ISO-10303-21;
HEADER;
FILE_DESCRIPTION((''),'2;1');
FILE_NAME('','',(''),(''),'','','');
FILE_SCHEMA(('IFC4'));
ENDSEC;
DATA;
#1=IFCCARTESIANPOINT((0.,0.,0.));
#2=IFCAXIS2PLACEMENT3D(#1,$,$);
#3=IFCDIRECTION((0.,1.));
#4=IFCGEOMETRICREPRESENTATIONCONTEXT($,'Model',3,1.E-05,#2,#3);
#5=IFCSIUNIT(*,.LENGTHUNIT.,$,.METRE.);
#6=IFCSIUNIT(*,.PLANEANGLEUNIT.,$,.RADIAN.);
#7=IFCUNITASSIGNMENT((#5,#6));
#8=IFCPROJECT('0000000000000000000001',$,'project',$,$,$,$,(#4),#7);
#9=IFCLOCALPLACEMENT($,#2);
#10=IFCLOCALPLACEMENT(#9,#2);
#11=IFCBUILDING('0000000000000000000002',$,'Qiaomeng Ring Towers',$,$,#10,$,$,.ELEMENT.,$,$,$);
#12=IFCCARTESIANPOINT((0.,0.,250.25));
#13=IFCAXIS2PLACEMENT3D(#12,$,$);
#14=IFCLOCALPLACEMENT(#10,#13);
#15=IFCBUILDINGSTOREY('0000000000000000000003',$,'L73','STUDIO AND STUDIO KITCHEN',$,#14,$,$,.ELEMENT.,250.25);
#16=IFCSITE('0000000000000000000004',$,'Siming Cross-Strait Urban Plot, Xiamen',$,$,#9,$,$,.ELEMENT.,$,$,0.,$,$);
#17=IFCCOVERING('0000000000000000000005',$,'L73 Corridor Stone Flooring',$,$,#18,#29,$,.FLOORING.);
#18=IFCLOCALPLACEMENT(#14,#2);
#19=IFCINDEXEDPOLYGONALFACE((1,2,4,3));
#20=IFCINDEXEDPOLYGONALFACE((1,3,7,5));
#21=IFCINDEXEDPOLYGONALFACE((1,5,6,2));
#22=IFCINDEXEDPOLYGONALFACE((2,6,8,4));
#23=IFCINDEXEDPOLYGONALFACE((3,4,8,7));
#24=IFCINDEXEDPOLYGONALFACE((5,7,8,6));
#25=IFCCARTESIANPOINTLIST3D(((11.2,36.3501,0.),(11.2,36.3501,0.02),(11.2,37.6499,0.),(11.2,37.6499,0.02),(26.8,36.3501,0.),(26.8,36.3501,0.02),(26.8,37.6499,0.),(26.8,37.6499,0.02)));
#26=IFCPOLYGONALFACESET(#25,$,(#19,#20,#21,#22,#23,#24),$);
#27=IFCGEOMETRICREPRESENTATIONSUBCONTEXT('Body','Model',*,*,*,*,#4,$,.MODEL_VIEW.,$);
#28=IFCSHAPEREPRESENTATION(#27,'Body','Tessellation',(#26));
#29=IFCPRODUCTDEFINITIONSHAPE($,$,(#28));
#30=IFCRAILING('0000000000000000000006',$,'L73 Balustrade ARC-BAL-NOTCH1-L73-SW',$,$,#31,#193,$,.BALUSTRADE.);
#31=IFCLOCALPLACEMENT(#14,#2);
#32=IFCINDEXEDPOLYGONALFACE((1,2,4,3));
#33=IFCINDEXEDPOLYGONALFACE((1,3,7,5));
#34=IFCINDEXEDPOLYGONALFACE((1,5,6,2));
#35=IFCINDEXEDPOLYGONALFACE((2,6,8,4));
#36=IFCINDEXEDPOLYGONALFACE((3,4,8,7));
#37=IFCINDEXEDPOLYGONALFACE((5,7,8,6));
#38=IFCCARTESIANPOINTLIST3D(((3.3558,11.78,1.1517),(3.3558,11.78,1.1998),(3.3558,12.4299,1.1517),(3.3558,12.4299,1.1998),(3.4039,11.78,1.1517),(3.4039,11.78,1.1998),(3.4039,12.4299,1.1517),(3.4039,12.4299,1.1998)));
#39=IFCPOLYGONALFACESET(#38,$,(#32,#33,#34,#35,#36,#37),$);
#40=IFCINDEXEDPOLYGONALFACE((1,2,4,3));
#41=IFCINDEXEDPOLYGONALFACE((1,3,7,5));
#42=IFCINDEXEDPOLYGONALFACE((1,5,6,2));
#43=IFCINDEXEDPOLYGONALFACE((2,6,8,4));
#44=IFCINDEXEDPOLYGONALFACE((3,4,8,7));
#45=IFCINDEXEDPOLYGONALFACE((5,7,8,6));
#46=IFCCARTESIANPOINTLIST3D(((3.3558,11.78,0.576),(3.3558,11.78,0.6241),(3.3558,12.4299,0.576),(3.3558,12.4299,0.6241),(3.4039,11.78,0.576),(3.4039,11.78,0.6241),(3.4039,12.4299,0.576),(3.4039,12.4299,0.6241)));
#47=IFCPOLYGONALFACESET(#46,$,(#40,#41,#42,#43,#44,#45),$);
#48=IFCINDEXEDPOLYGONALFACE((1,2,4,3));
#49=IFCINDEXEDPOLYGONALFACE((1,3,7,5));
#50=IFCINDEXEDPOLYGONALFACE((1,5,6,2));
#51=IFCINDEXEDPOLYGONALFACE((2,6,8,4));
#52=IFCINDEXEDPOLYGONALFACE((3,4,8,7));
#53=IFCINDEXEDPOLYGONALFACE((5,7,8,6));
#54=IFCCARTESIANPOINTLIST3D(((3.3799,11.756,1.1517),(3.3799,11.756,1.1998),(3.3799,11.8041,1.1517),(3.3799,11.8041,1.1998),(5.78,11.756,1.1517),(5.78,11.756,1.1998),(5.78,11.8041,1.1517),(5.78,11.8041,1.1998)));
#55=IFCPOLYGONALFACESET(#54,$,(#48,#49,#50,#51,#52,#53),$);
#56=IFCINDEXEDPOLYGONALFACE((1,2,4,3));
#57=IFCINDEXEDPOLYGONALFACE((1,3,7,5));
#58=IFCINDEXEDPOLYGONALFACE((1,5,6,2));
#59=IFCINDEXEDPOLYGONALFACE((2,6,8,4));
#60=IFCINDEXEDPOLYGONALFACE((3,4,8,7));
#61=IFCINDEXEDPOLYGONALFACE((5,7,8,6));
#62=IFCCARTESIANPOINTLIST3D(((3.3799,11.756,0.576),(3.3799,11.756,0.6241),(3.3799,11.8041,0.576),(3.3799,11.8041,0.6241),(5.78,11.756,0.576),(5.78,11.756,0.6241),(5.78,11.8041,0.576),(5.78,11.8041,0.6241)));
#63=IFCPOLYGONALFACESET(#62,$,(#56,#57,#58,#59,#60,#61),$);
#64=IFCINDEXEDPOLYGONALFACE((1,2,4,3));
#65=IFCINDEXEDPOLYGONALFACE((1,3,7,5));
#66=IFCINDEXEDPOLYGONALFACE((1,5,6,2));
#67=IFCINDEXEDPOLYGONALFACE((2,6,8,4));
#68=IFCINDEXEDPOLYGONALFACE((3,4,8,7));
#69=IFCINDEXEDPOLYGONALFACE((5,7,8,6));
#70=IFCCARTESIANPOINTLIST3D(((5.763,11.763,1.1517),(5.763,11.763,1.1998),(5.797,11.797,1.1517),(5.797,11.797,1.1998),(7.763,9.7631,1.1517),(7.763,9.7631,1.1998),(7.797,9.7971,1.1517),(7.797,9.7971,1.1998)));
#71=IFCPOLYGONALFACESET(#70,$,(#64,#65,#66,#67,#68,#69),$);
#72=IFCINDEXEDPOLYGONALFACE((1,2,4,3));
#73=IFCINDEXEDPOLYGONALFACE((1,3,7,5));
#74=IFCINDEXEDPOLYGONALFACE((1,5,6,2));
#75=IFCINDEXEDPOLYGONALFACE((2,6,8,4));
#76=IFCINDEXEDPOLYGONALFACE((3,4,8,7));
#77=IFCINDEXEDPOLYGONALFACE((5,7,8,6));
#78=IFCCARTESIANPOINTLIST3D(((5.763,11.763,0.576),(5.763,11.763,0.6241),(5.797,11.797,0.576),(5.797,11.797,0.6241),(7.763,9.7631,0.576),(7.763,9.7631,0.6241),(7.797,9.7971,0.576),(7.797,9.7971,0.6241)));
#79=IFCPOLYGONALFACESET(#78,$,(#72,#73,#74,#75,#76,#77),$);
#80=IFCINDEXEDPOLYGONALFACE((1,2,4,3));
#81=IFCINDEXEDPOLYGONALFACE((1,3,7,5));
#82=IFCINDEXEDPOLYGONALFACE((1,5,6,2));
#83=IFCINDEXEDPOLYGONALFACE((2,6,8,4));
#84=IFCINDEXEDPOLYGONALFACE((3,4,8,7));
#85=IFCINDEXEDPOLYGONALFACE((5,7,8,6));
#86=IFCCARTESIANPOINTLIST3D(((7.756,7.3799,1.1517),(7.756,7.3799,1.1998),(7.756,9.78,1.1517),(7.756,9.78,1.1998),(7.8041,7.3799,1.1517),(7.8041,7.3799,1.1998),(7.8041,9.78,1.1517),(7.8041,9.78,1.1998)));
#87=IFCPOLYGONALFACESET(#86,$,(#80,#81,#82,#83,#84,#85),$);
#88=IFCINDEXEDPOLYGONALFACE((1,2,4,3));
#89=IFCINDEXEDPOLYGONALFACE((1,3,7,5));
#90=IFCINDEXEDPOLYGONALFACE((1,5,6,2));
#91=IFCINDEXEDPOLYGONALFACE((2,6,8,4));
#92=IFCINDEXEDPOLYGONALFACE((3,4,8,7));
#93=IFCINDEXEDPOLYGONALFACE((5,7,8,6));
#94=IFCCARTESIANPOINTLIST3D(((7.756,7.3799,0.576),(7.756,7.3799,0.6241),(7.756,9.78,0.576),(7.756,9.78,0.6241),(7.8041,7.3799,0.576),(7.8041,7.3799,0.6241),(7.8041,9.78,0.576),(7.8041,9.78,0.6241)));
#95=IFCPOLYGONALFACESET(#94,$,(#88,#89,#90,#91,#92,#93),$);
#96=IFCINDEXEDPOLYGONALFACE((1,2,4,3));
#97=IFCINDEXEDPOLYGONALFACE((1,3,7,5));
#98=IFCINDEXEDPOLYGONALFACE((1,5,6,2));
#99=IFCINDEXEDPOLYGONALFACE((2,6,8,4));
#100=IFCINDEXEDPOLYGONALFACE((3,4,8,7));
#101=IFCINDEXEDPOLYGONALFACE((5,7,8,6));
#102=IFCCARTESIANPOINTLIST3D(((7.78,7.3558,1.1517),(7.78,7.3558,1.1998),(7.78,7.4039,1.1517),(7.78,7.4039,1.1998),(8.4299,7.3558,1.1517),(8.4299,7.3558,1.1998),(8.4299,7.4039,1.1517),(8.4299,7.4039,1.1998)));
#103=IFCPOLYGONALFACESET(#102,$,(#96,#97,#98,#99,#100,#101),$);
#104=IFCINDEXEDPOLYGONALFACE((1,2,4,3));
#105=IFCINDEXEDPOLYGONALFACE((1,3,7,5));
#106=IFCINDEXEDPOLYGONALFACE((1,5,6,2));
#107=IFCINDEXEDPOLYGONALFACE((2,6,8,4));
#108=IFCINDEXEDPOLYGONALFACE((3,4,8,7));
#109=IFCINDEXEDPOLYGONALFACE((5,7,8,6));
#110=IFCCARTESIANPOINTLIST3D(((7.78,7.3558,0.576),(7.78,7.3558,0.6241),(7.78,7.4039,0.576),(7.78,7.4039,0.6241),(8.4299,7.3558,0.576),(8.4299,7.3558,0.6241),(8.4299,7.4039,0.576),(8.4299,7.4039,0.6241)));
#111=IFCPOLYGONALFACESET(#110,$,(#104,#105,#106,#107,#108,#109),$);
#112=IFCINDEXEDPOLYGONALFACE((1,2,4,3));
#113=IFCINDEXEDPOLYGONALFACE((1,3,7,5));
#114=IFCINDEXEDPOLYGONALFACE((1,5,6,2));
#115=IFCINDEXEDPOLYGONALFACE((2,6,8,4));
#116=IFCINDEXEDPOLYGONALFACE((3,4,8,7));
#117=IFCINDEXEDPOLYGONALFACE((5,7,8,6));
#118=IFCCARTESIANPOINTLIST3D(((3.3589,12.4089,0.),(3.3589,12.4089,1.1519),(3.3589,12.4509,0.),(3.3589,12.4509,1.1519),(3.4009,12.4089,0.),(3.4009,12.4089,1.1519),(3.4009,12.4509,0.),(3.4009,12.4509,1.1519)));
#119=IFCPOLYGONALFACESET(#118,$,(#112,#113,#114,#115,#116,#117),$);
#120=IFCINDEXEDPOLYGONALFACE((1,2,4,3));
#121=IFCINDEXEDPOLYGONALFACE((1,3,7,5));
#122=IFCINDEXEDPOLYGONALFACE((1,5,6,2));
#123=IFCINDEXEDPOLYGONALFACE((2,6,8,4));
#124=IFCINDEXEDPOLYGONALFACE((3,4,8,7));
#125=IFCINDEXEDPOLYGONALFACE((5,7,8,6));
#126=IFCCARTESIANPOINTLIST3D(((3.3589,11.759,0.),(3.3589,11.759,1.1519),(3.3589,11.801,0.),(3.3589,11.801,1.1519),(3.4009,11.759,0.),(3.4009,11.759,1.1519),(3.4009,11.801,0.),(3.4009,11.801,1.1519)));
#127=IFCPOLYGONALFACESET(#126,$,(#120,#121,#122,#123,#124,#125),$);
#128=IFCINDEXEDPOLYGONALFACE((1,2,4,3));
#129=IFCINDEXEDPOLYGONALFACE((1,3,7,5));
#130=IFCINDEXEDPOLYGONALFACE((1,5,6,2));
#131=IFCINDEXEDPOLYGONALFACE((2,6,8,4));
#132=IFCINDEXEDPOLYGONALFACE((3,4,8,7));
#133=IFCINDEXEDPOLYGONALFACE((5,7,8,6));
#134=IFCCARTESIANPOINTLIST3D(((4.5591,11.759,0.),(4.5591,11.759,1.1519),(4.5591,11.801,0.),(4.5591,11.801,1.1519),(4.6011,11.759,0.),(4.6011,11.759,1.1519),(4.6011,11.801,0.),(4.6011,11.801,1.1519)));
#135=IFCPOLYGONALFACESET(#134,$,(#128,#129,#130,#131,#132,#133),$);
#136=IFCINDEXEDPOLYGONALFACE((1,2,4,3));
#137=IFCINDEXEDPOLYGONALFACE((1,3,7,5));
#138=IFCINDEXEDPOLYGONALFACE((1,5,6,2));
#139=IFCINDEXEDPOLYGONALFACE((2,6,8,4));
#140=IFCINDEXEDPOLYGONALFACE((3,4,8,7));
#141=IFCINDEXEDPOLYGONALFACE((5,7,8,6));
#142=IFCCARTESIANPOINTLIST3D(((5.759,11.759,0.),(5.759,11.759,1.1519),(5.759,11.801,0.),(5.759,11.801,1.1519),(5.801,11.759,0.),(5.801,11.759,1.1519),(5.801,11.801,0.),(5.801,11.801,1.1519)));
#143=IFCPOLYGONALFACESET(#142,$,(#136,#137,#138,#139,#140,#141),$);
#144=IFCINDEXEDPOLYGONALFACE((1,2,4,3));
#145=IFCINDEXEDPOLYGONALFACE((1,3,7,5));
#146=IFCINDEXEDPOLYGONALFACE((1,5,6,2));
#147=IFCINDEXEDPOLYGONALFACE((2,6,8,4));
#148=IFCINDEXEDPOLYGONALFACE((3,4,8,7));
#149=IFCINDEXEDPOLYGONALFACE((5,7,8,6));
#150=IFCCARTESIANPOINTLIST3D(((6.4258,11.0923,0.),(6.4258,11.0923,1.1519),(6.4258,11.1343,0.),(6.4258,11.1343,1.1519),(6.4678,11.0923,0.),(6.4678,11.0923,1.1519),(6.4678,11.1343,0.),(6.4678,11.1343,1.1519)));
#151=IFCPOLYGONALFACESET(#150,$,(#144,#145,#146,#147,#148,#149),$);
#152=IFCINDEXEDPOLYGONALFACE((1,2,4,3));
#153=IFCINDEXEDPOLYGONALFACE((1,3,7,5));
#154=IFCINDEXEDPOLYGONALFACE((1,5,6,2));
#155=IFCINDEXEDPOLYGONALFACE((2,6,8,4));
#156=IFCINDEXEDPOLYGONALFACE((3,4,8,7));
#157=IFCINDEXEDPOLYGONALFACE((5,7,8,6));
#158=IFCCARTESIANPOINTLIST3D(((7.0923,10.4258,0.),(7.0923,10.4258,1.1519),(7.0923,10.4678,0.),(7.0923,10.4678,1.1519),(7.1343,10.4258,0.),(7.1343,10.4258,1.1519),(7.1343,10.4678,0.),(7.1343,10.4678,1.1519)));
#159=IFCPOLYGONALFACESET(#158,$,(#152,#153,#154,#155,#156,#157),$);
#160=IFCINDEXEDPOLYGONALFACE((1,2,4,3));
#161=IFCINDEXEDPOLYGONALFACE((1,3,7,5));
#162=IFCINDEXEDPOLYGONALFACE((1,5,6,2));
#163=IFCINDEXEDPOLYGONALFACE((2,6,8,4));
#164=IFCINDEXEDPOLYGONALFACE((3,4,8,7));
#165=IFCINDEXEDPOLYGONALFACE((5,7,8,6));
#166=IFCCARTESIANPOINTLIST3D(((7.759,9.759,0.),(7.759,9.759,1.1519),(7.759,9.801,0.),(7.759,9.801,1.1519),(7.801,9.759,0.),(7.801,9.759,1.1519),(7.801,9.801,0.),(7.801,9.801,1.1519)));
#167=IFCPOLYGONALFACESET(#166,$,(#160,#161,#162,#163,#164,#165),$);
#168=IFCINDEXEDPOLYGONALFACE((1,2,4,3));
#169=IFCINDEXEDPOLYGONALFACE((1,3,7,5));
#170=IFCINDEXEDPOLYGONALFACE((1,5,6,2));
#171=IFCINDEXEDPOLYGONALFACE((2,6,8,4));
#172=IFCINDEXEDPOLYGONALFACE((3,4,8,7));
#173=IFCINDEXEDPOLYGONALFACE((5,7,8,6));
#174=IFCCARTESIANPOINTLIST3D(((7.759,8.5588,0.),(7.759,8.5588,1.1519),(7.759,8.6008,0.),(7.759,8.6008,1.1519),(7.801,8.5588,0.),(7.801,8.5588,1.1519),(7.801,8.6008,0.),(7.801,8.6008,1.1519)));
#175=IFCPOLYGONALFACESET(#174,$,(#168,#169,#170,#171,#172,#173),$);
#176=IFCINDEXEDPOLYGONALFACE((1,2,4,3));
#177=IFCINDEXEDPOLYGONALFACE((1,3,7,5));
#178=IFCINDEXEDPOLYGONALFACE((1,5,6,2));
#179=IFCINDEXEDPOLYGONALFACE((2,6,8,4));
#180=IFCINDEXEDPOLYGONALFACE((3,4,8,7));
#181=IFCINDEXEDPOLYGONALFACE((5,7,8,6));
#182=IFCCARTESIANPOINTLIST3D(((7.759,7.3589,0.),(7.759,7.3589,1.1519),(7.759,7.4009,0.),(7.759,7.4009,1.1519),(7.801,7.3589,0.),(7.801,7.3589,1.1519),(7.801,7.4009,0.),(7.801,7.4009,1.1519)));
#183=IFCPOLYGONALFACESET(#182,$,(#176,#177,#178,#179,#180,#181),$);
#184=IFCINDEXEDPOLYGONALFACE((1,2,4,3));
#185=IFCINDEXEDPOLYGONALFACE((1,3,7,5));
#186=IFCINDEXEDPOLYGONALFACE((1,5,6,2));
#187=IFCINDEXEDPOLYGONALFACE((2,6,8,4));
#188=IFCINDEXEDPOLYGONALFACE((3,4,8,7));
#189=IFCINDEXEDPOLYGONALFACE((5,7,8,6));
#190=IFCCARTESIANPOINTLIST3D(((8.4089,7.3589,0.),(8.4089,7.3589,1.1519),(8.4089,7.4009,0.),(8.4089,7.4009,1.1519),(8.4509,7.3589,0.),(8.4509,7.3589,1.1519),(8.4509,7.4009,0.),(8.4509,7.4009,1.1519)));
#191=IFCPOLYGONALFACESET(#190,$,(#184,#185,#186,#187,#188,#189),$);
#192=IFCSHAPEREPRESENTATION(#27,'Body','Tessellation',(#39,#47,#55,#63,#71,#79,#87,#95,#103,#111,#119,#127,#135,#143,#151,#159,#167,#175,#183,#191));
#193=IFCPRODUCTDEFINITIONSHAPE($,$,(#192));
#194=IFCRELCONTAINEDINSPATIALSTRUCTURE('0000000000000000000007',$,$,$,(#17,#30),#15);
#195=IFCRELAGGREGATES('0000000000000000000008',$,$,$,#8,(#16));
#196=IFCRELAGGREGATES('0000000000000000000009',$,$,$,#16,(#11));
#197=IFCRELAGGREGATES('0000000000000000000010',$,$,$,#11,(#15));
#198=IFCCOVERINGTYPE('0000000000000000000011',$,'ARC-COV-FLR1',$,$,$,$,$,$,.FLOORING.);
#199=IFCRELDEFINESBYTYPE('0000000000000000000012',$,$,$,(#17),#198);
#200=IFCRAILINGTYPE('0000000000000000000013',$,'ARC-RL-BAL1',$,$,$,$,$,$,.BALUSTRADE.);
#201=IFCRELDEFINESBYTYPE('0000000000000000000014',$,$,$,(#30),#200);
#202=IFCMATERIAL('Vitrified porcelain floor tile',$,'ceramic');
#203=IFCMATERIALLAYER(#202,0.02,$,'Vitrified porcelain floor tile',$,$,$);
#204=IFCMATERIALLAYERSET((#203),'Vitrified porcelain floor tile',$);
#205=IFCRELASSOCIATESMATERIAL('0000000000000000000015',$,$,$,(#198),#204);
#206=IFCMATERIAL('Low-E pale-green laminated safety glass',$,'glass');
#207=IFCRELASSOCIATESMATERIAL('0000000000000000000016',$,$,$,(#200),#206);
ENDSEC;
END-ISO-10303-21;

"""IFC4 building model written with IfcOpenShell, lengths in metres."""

from ifc_helpers import new_model, si_unit, direction, frame, origin, origin_2d, place, context, subcontext, project, spatial, polyline, rectangle, outline, extrude, material, layer, layer_set, type_object, element, save


model = new_model("IFC4")

# Units and contexts
model_context = context("Model", 3, precision=1e-05, world=origin(), true_north=direction((0.0, 1.0)))
body_context = subcontext(model_context, "Body", "Model", "MODEL_VIEW")
ifc_project = project(units=[si_unit("LENGTHUNIT", "METRE"), si_unit("PLANEANGLEUNIT", "RADIAN")], contexts=[model_context])

# Site, building, storey
site_placement = place(None, origin())
site = spatial("IfcSite", under=ifc_project, at=site_placement, Name="Siming Cross-Strait Urban Plot, Xiamen", CompositionType="ELEMENT", RefElevation=0.0)
building_placement = place(site_placement, origin())
building = spatial("IfcBuilding", under=site, at=building_placement, Name="Qiaomeng Ring Towers", CompositionType="ELEMENT")
storey_placement = place(building_placement, frame((0.0, 0.0, 250.25)))
storey = spatial("IfcBuildingStorey", under=building, at=storey_placement, Name="L73", Description="STUDIO AND STUDIO KITCHEN", CompositionType="ELEMENT", Elevation=250.25)

# Covering
ifc_material_1 = material(Name="Vitrified porcelain floor tile", Category="ceramic")
ifc_layer_1 = layer(ifc_material_1, 0.02, Name="Vitrified porcelain floor tile")
ifc_layer_set_1 = layer_set([ifc_layer_1], Name="Vitrified porcelain floor tile")
covering_type_1 = type_object("IfcCoveringType", Name="ARC-COV-FLR1", PredefinedType="FLOORING", material=ifc_layer_set_1)
covering_1_placement = place(storey_placement, origin())
element("IfcCovering", 1, at=covering_1_placement, inside=storey, type_object=covering_type_1, Name="L73 Corridor Stone Flooring", PredefinedType="FLOORING", context=body_context, shape_type="SweptSolid", body=[
    extrude(outline(polyline([(11.2, 36.3501), (11.2, 37.6499), (26.8, 37.6499), (26.8, 36.3501), (11.2, 36.3501)])), origin(), (0.0, 0.0, 1.0), 0.02),
])

# Railing
ifc_material_2 = material(Name="Low-E pale-green laminated safety glass", Category="glass")
railing_type = type_object("IfcRailingType", Name="ARC-RL-BAL1", PredefinedType="BALUSTRADE", material=ifc_material_2)
railing_placement = place(storey_placement, frame((3.3799, 12.4299, 0.0)))
element("IfcRailing", 2, at=railing_placement, inside=storey, type_object=railing_type, Name="L73 Balustrade ARC-BAL-NOTCH1-L73-SW", PredefinedType="BALUSTRADE", context=body_context, shape_type="SweptSolid", body=[
    extrude(rectangle(XDim=0.0481, YDim=0.0481, at=origin_2d()), frame((0.0, 0.0, 1.1758), z_axis=(0.0, -1.0, 0.0), x_axis=(1.0, 0.0, 0.0)), (0.0, 0.0, 1.0), 0.6499),
    extrude(rectangle(XDim=0.0481, YDim=0.0481, at=origin_2d()), frame((0.0, 0.0, 0.6001), z_axis=(0.0, -1.0, 0.0), x_axis=(1.0, 0.0, 0.0)), (0.0, 0.0, 1.0), 0.6499),
    extrude(rectangle(XDim=0.0481, YDim=0.0481, at=origin_2d()), frame((0.0, -0.6499, 1.1758), z_axis=(1.0, 0.0, 0.0), x_axis=(0.0, 1.0, 0.0)), (0.0, 0.0, 1.0), 2.4001),
    extrude(rectangle(XDim=0.0481, YDim=0.0481, at=origin_2d()), frame((0.0, -0.6499, 0.6001), z_axis=(1.0, 0.0, 0.0), x_axis=(0.0, 1.0, 0.0)), (0.0, 0.0, 1.0), 2.4001),
    extrude(rectangle(XDim=0.0481, YDim=0.0481, at=origin_2d()), frame((2.4001, -0.6499, 1.1758), z_axis=(0.707107, -0.707107, 0.0), x_axis=(0.707107, 0.707107, 0.0)), (0.0, 0.0, 1.0), 2.8284),
    extrude(rectangle(XDim=0.0481, YDim=0.0481, at=origin_2d()), frame((2.4001, -0.6499, 0.6001), z_axis=(0.707107, -0.707107, 0.0), x_axis=(0.707107, 0.707107, 0.0)), (0.0, 0.0, 1.0), 2.8284),
    extrude(rectangle(XDim=0.0481, YDim=0.0481, at=origin_2d()), frame((4.4001, -2.6499, 1.1758), z_axis=(0.0, -1.0, 0.0), x_axis=(1.0, 0.0, 0.0)), (0.0, 0.0, 1.0), 2.4001),
    extrude(rectangle(XDim=0.0481, YDim=0.0481, at=origin_2d()), frame((4.4001, -2.6499, 0.6001), z_axis=(0.0, -1.0, 0.0), x_axis=(1.0, 0.0, 0.0)), (0.0, 0.0, 1.0), 2.4001),
    extrude(rectangle(XDim=0.0481, YDim=0.0481, at=origin_2d()), frame((4.4001, -5.05, 1.1758), z_axis=(1.0, 0.0, 0.0), x_axis=(0.0, 1.0, 0.0)), (0.0, 0.0, 1.0), 0.6499),
    extrude(rectangle(XDim=0.0481, YDim=0.0481, at=origin_2d()), frame((4.4001, -5.05, 0.6001), z_axis=(1.0, 0.0, 0.0), x_axis=(0.0, 1.0, 0.0)), (0.0, 0.0, 1.0), 0.6499),
    extrude(rectangle(XDim=0.042, YDim=0.042, at=origin_2d()), origin(), (0.0, 0.0, 1.0), 1.1519),
    extrude(rectangle(XDim=0.042, YDim=0.042, at=origin_2d()), frame((0.0, -0.6499, 0.0)), (0.0, 0.0, 1.0), 1.1519),
    extrude(rectangle(XDim=0.042, YDim=0.042, at=origin_2d()), frame((1.2002, -0.6499, 0.0)), (0.0, 0.0, 1.0), 1.1519),
    extrude(rectangle(XDim=0.042, YDim=0.042, at=origin_2d()), frame((2.4001, -0.6499, 0.0)), (0.0, 0.0, 1.0), 1.1519),
    extrude(rectangle(XDim=0.042, YDim=0.042, at=origin_2d()), frame((3.0669, -1.3167, 0.0)), (0.0, 0.0, 1.0), 1.1519),
    extrude(rectangle(XDim=0.042, YDim=0.042, at=origin_2d()), frame((3.7334, -1.9832, 0.0)), (0.0, 0.0, 1.0), 1.1519),
    extrude(rectangle(XDim=0.042, YDim=0.042, at=origin_2d()), frame((4.4001, -2.6499, 0.0)), (0.0, 0.0, 1.0), 1.1519),
    extrude(rectangle(XDim=0.042, YDim=0.042, at=origin_2d()), frame((4.4001, -3.8501, 0.0)), (0.0, 0.0, 1.0), 1.1519),
    extrude(rectangle(XDim=0.042, YDim=0.042, at=origin_2d()), frame((4.4001, -5.05, 0.0)), (0.0, 0.0, 1.0), 1.1519),
    extrude(rectangle(XDim=0.042, YDim=0.042, at=origin_2d()), frame((5.05, -5.05, 0.0)), (0.0, 0.0, 1.0), 1.1519),
])

save(model, "model.ifc")
